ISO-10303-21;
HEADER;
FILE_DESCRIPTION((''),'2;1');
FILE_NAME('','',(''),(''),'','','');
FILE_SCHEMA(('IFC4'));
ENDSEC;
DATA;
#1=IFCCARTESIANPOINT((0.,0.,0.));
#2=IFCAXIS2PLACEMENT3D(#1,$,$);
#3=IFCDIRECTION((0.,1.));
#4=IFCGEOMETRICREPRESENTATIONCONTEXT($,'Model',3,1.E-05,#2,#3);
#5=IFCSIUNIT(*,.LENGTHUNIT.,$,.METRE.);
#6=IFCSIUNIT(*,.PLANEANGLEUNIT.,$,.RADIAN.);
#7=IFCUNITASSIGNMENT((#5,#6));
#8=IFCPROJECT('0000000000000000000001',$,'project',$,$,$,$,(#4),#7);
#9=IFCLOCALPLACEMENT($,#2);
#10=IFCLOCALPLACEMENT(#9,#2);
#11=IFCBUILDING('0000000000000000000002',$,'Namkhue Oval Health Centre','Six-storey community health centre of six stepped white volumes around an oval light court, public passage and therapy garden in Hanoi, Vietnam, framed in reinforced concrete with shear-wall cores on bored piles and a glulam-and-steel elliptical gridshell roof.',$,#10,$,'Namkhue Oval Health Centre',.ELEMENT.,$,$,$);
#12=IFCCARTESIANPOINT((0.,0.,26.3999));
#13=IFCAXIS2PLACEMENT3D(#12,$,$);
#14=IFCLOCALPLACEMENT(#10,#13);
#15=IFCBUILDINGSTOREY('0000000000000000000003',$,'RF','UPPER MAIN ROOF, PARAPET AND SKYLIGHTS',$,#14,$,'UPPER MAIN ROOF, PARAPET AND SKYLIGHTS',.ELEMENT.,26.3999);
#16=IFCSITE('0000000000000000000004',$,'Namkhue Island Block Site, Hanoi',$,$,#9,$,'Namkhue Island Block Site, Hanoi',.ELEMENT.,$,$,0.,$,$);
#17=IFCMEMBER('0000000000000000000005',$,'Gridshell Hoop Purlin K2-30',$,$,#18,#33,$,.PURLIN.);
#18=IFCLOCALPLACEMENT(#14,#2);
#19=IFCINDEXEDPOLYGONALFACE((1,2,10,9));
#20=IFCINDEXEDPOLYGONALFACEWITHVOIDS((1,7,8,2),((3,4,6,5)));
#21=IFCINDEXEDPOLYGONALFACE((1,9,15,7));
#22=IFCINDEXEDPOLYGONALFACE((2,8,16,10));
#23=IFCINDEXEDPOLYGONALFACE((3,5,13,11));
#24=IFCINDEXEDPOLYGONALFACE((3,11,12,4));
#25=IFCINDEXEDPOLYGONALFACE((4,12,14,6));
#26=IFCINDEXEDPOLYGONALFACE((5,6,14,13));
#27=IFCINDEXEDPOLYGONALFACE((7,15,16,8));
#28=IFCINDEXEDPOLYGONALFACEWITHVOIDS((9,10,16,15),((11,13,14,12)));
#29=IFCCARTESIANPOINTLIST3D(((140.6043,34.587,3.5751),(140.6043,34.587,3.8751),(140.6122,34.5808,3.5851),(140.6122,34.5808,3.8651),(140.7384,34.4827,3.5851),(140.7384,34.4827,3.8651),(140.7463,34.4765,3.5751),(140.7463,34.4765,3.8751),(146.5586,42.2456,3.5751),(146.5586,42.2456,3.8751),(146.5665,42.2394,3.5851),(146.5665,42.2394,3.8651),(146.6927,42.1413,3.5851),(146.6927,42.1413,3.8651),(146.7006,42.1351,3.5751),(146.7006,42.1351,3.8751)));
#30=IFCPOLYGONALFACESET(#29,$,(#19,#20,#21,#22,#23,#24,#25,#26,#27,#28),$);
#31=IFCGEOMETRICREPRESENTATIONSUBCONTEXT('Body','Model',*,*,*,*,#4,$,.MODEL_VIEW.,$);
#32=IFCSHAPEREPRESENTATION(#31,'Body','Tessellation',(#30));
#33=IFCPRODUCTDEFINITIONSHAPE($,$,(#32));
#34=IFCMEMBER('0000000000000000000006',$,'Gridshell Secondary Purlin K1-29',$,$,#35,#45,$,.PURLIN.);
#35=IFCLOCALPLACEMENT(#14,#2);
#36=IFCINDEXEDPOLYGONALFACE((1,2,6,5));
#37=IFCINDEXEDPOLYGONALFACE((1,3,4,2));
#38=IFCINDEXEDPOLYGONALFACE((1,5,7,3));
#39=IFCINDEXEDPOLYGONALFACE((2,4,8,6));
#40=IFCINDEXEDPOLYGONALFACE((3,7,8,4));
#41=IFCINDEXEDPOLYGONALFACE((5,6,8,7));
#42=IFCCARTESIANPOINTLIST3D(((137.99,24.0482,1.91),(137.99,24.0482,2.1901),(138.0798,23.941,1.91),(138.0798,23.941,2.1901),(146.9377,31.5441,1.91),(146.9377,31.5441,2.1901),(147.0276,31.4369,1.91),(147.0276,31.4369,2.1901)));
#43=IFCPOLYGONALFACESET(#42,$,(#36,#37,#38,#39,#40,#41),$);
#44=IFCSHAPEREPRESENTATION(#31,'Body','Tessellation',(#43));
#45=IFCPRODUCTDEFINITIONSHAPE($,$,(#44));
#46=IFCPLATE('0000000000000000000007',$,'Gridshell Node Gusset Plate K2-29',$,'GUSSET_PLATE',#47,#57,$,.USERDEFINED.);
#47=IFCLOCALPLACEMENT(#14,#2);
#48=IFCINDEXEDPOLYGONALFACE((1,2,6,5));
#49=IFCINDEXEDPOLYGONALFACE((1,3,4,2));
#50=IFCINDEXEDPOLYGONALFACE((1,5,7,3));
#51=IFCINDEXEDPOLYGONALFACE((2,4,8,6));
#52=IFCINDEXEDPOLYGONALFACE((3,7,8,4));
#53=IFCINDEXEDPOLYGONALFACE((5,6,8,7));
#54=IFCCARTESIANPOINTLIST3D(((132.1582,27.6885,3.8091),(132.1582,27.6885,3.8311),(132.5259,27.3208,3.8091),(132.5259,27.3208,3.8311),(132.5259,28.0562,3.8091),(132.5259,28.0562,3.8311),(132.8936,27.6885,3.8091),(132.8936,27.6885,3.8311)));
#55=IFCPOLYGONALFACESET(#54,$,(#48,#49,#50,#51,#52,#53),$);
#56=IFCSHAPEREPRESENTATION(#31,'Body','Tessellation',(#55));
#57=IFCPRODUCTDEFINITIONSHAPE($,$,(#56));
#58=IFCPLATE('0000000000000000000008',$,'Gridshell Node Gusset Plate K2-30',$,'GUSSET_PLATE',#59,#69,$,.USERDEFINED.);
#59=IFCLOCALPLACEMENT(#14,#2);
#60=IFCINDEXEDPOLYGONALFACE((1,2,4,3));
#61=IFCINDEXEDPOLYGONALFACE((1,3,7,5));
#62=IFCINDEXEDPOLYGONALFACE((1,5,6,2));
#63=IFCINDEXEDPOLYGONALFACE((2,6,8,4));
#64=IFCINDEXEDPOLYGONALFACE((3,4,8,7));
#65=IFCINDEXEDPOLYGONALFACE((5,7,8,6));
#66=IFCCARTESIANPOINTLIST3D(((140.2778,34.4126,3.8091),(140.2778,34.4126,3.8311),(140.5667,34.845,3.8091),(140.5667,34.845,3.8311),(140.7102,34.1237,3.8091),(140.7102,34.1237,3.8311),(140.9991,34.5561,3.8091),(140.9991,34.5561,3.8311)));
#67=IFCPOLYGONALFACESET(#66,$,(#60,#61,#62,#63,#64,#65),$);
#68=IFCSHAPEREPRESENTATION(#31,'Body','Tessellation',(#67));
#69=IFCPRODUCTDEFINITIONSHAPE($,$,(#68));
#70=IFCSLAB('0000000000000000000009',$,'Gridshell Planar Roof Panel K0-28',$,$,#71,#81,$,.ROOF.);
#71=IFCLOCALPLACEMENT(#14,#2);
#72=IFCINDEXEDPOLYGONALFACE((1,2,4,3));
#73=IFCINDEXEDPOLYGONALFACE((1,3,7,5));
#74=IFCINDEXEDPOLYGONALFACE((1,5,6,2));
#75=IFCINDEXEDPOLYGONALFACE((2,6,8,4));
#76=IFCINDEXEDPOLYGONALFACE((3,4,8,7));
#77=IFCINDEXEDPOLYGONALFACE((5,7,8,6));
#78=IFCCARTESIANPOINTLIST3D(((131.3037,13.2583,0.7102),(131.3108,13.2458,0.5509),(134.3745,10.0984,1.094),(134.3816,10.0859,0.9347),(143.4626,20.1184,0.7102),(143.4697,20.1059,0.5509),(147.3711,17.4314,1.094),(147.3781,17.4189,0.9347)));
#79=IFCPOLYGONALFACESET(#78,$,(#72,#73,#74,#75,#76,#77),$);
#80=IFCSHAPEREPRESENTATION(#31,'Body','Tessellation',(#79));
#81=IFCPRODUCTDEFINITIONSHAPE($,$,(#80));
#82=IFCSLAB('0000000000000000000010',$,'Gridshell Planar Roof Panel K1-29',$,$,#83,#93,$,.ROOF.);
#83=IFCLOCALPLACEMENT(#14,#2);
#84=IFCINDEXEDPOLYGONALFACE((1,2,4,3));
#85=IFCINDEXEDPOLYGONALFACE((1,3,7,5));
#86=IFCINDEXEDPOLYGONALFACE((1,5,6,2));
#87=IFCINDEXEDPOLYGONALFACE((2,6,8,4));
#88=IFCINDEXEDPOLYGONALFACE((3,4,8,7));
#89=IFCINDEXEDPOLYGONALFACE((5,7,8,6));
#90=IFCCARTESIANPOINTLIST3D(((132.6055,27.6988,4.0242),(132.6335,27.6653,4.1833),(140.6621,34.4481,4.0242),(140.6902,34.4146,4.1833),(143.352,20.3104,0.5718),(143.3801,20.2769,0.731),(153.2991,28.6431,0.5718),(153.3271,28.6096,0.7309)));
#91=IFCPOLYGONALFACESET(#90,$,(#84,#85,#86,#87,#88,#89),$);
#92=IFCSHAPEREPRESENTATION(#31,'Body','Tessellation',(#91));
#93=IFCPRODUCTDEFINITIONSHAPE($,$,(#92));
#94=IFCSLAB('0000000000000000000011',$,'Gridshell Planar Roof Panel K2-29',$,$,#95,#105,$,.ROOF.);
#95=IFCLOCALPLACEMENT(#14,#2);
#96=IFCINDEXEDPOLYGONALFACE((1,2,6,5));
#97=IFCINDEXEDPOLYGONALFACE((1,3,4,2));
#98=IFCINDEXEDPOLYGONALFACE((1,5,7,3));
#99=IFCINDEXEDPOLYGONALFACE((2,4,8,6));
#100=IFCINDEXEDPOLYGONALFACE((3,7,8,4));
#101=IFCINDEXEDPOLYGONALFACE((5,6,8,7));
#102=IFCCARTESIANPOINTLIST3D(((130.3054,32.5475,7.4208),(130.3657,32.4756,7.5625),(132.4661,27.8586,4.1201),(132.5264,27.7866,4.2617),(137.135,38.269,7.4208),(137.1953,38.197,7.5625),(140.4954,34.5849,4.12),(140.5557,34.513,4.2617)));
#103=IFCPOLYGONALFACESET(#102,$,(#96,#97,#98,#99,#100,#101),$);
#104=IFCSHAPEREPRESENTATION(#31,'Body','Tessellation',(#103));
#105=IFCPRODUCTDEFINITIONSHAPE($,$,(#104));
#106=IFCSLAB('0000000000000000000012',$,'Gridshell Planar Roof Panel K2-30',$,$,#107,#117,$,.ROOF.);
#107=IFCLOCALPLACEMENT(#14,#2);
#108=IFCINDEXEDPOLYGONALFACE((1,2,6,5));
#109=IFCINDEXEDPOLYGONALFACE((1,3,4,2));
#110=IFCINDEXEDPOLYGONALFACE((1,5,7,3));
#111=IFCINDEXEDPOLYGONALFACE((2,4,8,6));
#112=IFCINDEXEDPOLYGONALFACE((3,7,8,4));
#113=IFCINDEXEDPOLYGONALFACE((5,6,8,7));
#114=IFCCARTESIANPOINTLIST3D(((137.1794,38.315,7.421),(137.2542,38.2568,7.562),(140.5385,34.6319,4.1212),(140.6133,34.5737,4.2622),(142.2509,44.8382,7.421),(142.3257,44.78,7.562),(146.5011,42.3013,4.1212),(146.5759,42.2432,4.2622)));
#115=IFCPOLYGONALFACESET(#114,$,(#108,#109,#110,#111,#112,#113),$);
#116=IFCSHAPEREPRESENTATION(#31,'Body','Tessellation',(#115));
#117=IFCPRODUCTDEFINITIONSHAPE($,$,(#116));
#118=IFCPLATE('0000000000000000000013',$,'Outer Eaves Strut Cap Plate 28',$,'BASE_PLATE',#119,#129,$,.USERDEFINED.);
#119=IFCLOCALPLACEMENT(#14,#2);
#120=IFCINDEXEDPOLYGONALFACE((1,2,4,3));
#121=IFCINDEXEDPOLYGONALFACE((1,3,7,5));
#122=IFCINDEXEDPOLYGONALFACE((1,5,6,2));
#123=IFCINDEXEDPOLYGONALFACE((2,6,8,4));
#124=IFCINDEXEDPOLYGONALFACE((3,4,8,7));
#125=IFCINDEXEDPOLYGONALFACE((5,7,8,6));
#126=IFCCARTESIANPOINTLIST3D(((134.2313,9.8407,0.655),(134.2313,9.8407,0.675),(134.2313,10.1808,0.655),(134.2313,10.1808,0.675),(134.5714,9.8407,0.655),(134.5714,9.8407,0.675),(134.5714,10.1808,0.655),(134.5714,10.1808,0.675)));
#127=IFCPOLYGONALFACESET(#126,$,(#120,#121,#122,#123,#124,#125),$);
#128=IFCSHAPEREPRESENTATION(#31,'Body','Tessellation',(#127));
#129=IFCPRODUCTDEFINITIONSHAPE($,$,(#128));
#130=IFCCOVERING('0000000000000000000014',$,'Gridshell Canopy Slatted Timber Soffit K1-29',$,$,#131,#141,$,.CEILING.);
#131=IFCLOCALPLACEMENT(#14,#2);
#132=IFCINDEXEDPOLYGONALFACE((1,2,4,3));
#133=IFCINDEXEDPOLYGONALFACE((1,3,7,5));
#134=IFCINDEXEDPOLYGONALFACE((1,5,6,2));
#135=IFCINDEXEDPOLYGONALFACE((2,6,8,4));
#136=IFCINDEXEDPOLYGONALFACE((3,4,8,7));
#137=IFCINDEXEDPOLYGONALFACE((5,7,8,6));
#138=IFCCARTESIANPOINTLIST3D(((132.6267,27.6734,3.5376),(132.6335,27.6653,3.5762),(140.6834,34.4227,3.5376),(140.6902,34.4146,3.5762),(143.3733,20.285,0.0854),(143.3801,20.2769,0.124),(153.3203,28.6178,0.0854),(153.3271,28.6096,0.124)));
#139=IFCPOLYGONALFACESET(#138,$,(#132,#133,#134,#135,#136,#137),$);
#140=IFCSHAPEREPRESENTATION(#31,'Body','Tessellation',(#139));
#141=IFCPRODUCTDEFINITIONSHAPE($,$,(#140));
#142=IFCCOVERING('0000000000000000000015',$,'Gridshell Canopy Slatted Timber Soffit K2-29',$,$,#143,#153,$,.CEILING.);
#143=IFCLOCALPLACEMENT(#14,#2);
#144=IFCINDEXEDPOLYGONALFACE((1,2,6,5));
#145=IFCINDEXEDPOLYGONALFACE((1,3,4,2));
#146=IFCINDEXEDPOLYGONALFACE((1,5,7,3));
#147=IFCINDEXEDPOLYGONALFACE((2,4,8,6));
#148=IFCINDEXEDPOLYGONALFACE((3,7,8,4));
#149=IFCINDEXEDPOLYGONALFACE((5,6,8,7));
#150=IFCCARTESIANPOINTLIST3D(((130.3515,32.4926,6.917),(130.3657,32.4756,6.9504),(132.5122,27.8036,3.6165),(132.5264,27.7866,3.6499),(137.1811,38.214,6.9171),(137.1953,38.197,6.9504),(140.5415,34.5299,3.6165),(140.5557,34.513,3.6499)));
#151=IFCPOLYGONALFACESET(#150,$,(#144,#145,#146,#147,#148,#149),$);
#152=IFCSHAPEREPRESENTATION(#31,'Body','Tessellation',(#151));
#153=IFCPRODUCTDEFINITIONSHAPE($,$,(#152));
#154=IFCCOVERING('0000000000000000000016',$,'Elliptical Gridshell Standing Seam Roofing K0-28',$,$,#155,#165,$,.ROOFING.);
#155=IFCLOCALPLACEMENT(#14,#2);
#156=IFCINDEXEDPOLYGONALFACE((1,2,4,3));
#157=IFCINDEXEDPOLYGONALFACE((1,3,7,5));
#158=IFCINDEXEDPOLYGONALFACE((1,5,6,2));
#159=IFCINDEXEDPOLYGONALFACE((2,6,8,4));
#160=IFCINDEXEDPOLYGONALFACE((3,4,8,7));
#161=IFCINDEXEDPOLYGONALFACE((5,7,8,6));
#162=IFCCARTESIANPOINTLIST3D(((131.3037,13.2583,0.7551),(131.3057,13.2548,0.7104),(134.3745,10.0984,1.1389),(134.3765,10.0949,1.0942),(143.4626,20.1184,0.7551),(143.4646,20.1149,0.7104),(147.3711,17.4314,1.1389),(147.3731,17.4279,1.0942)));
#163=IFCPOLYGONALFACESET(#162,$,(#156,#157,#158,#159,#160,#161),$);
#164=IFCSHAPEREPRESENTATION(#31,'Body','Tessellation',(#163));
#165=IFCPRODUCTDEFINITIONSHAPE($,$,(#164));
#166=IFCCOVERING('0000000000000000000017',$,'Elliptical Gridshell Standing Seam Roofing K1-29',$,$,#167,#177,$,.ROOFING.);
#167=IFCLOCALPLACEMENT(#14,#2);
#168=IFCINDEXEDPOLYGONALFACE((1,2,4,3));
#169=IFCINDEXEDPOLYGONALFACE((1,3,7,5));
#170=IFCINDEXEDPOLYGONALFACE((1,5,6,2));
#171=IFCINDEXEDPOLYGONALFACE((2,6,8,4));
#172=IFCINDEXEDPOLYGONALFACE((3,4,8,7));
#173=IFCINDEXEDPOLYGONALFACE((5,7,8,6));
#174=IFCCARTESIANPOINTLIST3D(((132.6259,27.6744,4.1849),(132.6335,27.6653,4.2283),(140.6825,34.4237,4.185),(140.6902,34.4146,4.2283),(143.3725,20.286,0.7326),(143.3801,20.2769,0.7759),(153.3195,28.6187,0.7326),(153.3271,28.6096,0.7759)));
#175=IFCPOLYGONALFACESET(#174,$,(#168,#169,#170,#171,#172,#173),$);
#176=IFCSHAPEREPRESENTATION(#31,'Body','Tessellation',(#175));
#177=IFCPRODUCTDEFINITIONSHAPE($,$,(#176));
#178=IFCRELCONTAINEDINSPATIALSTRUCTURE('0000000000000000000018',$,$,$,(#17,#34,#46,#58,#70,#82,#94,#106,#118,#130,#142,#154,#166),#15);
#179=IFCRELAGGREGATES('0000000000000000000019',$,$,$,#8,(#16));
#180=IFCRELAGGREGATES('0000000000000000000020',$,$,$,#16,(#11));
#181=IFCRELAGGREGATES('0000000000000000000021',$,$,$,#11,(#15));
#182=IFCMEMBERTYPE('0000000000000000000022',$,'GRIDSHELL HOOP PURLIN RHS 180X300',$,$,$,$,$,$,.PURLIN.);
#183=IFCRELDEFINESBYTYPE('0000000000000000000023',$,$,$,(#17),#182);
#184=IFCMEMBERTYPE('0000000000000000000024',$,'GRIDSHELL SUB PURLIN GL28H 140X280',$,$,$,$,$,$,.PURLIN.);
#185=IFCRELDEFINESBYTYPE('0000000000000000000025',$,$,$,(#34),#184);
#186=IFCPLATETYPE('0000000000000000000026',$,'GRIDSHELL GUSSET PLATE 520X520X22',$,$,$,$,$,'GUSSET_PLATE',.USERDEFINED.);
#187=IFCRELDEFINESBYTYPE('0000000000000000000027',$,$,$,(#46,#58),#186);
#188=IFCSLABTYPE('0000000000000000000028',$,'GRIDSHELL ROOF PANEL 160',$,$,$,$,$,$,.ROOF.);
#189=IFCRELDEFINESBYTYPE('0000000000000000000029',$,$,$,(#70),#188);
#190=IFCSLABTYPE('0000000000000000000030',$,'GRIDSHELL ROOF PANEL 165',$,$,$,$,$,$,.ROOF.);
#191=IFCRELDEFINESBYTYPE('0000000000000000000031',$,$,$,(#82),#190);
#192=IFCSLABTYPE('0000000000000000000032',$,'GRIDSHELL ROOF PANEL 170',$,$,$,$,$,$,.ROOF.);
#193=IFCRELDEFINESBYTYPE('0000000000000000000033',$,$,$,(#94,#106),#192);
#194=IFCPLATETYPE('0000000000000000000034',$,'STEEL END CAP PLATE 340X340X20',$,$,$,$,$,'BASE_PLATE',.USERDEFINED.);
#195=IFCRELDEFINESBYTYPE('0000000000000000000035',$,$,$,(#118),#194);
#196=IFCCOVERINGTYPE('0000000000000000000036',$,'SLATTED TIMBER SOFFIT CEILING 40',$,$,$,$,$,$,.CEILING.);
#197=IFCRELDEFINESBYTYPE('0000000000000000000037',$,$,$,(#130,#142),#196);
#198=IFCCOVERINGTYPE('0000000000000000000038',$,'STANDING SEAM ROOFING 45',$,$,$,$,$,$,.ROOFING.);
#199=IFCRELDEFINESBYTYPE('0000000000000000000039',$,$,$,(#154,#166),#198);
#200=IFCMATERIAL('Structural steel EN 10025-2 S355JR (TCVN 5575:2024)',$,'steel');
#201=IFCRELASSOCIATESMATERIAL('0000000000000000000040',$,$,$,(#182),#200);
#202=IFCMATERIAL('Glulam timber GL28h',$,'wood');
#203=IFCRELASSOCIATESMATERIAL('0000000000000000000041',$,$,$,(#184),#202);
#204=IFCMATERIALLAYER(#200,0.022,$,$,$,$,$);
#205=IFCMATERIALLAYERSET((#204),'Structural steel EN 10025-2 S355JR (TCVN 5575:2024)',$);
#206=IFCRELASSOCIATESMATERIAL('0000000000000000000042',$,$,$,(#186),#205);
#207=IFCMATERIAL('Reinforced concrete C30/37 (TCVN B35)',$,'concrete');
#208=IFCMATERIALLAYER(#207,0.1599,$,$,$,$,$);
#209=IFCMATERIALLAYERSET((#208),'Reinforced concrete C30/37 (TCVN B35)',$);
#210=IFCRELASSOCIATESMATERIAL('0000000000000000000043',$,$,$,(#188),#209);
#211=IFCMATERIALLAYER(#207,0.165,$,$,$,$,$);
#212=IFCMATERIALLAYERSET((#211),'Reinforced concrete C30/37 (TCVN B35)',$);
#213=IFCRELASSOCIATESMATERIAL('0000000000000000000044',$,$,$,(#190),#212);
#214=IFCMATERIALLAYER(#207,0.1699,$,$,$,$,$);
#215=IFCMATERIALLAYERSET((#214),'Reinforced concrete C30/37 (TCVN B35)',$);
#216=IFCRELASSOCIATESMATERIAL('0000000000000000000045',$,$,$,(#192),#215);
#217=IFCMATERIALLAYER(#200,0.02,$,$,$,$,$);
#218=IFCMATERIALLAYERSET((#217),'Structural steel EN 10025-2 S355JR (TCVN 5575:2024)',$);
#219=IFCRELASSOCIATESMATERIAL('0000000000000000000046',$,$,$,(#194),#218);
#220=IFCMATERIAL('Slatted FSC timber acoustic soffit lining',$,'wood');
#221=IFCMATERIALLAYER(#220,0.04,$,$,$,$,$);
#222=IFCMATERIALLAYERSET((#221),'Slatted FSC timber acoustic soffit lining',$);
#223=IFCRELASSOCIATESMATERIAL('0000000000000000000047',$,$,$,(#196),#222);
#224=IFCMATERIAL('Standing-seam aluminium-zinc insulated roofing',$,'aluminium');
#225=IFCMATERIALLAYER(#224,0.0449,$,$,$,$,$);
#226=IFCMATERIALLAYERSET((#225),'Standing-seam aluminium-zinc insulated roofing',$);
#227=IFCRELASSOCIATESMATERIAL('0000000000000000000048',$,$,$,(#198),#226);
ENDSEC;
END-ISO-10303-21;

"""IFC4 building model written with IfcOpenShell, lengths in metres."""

from ifc_helpers import new_model, si_unit, direction, frame, origin, origin_2d, place, context, subcontext, project, spatial, polyline, rectangle, hollow_rectangle, outline, extrude, material, layer, layer_set, material_profile, profile_set, type_object, element, save


model = new_model("IFC4")

# Units and contexts
model_context = context("Model", 3, precision=1e-05, world=origin(), true_north=direction((0.0, 1.0)))
body_context = subcontext(model_context, "Body", "Model", "MODEL_VIEW")
ifc_project = project(units=[si_unit("LENGTHUNIT", "METRE"), si_unit("PLANEANGLEUNIT", "RADIAN")], contexts=[model_context])

# Site, building, storey
site_placement = place(None, origin())
site = spatial("IfcSite", under=ifc_project, at=site_placement, Name="Namkhue Island Block Site, Hanoi", LongName="Namkhue Island Block Site, Hanoi", CompositionType="ELEMENT", RefElevation=0.0)
building_placement = place(site_placement, origin())
building = spatial("IfcBuilding", under=site, at=building_placement, Name="Namkhue Oval Health Centre", Description="Six-storey community health centre of six stepped white volumes around an oval light court, public passage and therapy garden in Hanoi, Vietnam, framed in reinforced concrete with shear-wall cores on bored piles and a glulam-and-steel elliptical gridshell roof.", LongName="Namkhue Oval Health Centre", CompositionType="ELEMENT")
storey_placement = place(building_placement, frame((0.0, 0.0, 26.3999)))
storey = spatial("IfcBuildingStorey", under=building, at=storey_placement, Name="RF", Description="UPPER MAIN ROOF, PARAPET AND SKYLIGHTS", LongName="UPPER MAIN ROOF, PARAPET AND SKYLIGHTS", CompositionType="ELEMENT", Elevation=26.3999)

# Members
ifc_material_1 = material(Name="Structural steel EN 10025-2 S355JR (TCVN 5575:2024)", Category="steel")
ifc_material_2 = material(Name="Glulam timber GL28h", Category="wood")
ifc_material_profile_1 = material_profile(ifc_material_1, hollow_rectangle(XDim=0.1799, YDim=0.3, WallThickness=0.01, at=origin_2d()), Name="RHS 180x300x10")
ifc_profile_set_1 = profile_set([ifc_material_profile_1], Name="Structural steel EN 10025-2 S355JR (TCVN 5575:2024)")
member_type_1 = type_object("IfcMemberType", Name="GRIDSHELL HOOP PURLIN RHS 180X300", PredefinedType="PURLIN", material=ifc_profile_set_1)
member_1_placement = place(storey_placement, frame((140.6753, 34.5317, 3.7251), z_axis=(0.613786, 0.789473, 0.0), x_axis=(-0.789473, 0.613786, 0.0)))
element("IfcMember", 1, at=member_1_placement, inside=storey, type_object=member_type_1, Name="Gridshell Hoop Purlin K2-30", PredefinedType="PURLIN", context=body_context, shape_type="SweptSolid", body=[
    extrude(hollow_rectangle(XDim=0.1799, YDim=0.3, WallThickness=0.01, at=origin_2d()), origin(), (0.0, 0.0, 1.0), 9.7009),
])
ifc_material_profile_2 = material_profile(ifc_material_2, rectangle(XDim=0.1399, YDim=0.28, at=origin_2d()), Name="GL28h 140x280")
ifc_profile_set_2 = profile_set([ifc_material_profile_2], Name="Glulam timber GL28h")
member_type_2 = type_object("IfcMemberType", Name="GRIDSHELL SUB PURLIN GL28H 140X280", PredefinedType="PURLIN", material=ifc_profile_set_2)
member_2_placement = place(storey_placement, frame((138.0349, 23.9946, 2.05), z_axis=(0.766559, 0.642174, 0.0), x_axis=(-0.642174, 0.766559, 0.0)))
element("IfcMember", 2, at=member_2_placement, inside=storey, type_object=member_type_2, Name="Gridshell Secondary Purlin K1-29", PredefinedType="PURLIN", context=body_context, shape_type="SweptSolid", body=[
    extrude(rectangle(XDim=0.1399, YDim=0.28, at=origin_2d()), origin(), (0.0, 0.0, 1.0), 11.6726),
])

# Plates
ifc_layer_1 = layer(ifc_material_1, 0.022)
ifc_layer_set_1 = layer_set([ifc_layer_1], Name="Structural steel EN 10025-2 S355JR (TCVN 5575:2024)")
plate_type_1 = type_object("IfcPlateType", Name="GRIDSHELL GUSSET PLATE 520X520X22", ElementType="GUSSET_PLATE", PredefinedType="USERDEFINED", material=ifc_layer_set_1)
for number, where, z_axis, x_axis, name in (
    (3, (132.5259, 27.6885, 3.8091), (0.0, 0.0, 1.0), (0.707107, -0.707107, 0.0), "Gridshell Node Gusset Plate K2-29"),
    (4, (140.6384, 34.4844, 3.8091), (0.0, 0.0, 1.0), (0.83147, -0.55557, 0.0), "Gridshell Node Gusset Plate K2-30"),
):
    element("IfcPlate", number, at=place(storey_placement, frame(where, z_axis=z_axis, x_axis=x_axis)), inside=storey, type_object=plate_type_1, Name=name, ObjectType="GUSSET_PLATE", PredefinedType="USERDEFINED", context=body_context, shape_type="SweptSolid", body=[
        extrude(rectangle(XDim=0.52, YDim=0.52, at=origin_2d()), origin(), (0.0, 0.0, 1.0), 0.022),
    ])

# Slabs
ifc_material_3 = material(Name="Reinforced concrete C30/37 (TCVN B35)", Category="concrete")
ifc_layer_2 = layer(ifc_material_3, 0.1599)
ifc_layer_set_2 = layer_set([ifc_layer_2], Name="Reinforced concrete C30/37 (TCVN B35)")
slab_type_1 = type_object("IfcSlabType", Name="GRIDSHELL ROOF PANEL 160", PredefinedType="ROOF", material=ifc_layer_set_2)
slab_1_placement = place(storey_placement, frame((134.3745, 10.0984, 1.094), z_axis=(-0.044082, 0.07813, 0.995968), x_axis=(0.870933, 0.491403, -0.000001)))
element("IfcSlab", 5, at=slab_1_placement, inside=storey, type_object=slab_type_1, Name="Gridshell Planar Roof Panel K0-28", PredefinedType="ROOF", context=body_context, shape_type="SweptSolid", body=[
    extrude(outline(polyline([(0.0, 0.0), (14.9226, 0.0), (12.839, 4.2781), (-1.1217, 4.2783), (0.0, 0.0)])), origin(), (0.0, 0.0, -1.0), 0.1599),
])
ifc_layer_3 = layer(ifc_material_3, 0.165)
ifc_layer_set_3 = layer_set([ifc_layer_3], Name="Reinforced concrete C30/37 (TCVN B35)")
slab_type_2 = type_object("IfcSlabType", Name="GRIDSHELL ROOF PANEL 165", PredefinedType="ROOF", material=ifc_layer_set_3)
slab_2_placement = place(storey_placement, frame((143.3801, 20.2769, 0.731), z_axis=(0.17014, -0.203099, 0.964263), x_axis=(0.766567, 0.642164, -0.000001)))
element("IfcSlab", 6, at=slab_2_placement, inside=storey, type_object=slab_type_2, Name="Gridshell Planar Roof Panel K1-29", PredefinedType="ROOF", context=body_context, shape_type="SweptSolid", body=[
    extrude(outline(polyline([(0.0, 0.0), (12.9761, 0.0), (7.0167, 13.0305), (-3.4934, 13.0305), (0.0, 0.0)])), origin(), (0.0, 0.0, -1.0), 0.165),
])
ifc_layer_4 = layer(ifc_material_3, 0.1699)
ifc_layer_set_4 = layer_set([ifc_layer_4], Name="Reinforced concrete C30/37 (TCVN B35)")
slab_type_3 = type_object("IfcSlabType", Name="GRIDSHELL ROOF PANEL 170", PredefinedType="ROOF", material=ifc_layer_set_4)
slab_3_placement = place(storey_placement, frame((132.5264, 27.7866, 4.2617), z_axis=(0.354686, -0.423388, 0.833631), x_axis=(0.766563, 0.642169, -0.000003)))
element("IfcSlab", 7, at=slab_3_placement, inside=storey, type_object=slab_type_3, Name="Gridshell Planar Roof Panel K2-29", PredefinedType="ROOF", context=body_context, shape_type="SweptSolid", body=[
    extrude(outline(polyline([(0.0, 0.0), (10.4744, 0.0), (10.2643, 5.9762), (1.3548, 5.9762), (0.0, 0.0)])), origin(), (0.0, 0.0, -1.0), 0.1699),
])
slab_4_placement = place(storey_placement, frame((140.6133, 34.5737, 4.2622), z_axis=(0.440206, -0.342242, 0.830114), x_axis=(0.613783, 0.789475, 0.000001)))
element("IfcSlab", 8, at=slab_4_placement, inside=storey, type_object=slab_type_3, Name="Gridshell Planar Roof Panel K2-30", PredefinedType="ROOF", context=body_context, shape_type="SweptSolid", body=[
    extrude(outline(polyline([(0.0, 0.0), (9.7146, 0.0), (9.1087, 5.9179), (0.8459, 5.9179), (0.0, 0.0)])), origin(), (0.0, 0.0, -1.0), 0.1699),
])

# Plate
ifc_layer_5 = layer(ifc_material_1, 0.02)
ifc_layer_set_5 = layer_set([ifc_layer_5], Name="Structural steel EN 10025-2 S355JR (TCVN 5575:2024)")
plate_type_2 = type_object("IfcPlateType", Name="STEEL END CAP PLATE 340X340X20", ElementType="BASE_PLATE", PredefinedType="USERDEFINED", material=ifc_layer_set_5)
plate_placement = place(storey_placement, frame((134.4014, 10.0107, 0.655), z_axis=(0.0, 0.0, 1.0), x_axis=(1.0, 0.0, 0.0)))
element("IfcPlate", 9, at=plate_placement, inside=storey, type_object=plate_type_2, Name="Outer Eaves Strut Cap Plate 28", ObjectType="BASE_PLATE", PredefinedType="USERDEFINED", context=body_context, shape_type="SweptSolid", body=[
    extrude(rectangle(XDim=0.3401, YDim=0.3401, at=origin_2d()), origin(), (0.0, 0.0, 1.0), 0.02),
])

# Coverings
ifc_material_4 = material(Name="Slatted FSC timber acoustic soffit lining", Category="wood")
ifc_layer_6 = layer(ifc_material_4, 0.04)
ifc_layer_set_6 = layer_set([ifc_layer_6], Name="Slatted FSC timber acoustic soffit lining")
covering_type_1 = type_object("IfcCoveringType", Name="SLATTED TIMBER SOFFIT CEILING 40", PredefinedType="CEILING", material=ifc_layer_set_6)
covering_1_placement = place(storey_placement, frame((143.3801, 20.2769, 0.124), z_axis=(0.170129, -0.203085, 0.964268), x_axis=(0.766567, 0.642164, -0.000001)))
element("IfcCovering", 10, at=covering_1_placement, inside=storey, type_object=covering_type_1, Name="Gridshell Canopy Slatted Timber Soffit K1-29", PredefinedType="CEILING", context=body_context, shape_type="SweptSolid", body=[
    extrude(outline(polyline([(0.0, 0.0), (12.9761, 0.0), (7.0167, 13.0305), (-3.4934, 13.0304), (0.0, 0.0)])), origin(), (0.0, 0.0, -1.0), 0.04),
])
covering_2_placement = place(storey_placement, frame((132.5264, 27.7866, 3.6499), z_axis=(0.354667, -0.423366, 0.83365), x_axis=(0.766563, 0.642169, -0.000003)))
element("IfcCovering", 11, at=covering_2_placement, inside=storey, type_object=covering_type_1, Name="Gridshell Canopy Slatted Timber Soffit K2-29", PredefinedType="CEILING", context=body_context, shape_type="SweptSolid", body=[
    extrude(outline(polyline([(0.0, 0.0), (10.4744, 0.0), (10.2643, 5.9761), (1.3548, 5.976), (0.0, 0.0)])), origin(), (0.0, 0.0, -1.0), 0.04),
])
ifc_material_5 = material(Name="Standing-seam aluminium-zinc insulated roofing", Category="aluminium")
ifc_layer_7 = layer(ifc_material_5, 0.0449)
ifc_layer_set_7 = layer_set([ifc_layer_7], Name="Standing-seam aluminium-zinc insulated roofing")
covering_type_2 = type_object("IfcCoveringType", Name="STANDING SEAM ROOFING 45", PredefinedType="ROOFING", material=ifc_layer_set_7)
covering_3_placement = place(storey_placement, frame((134.3745, 10.0984, 1.1389), z_axis=(-0.044082, 0.07813, 0.995968), x_axis=(0.870933, 0.491403, -0.000001)))
element("IfcCovering", 12, at=covering_3_placement, inside=storey, type_object=covering_type_2, Name="Elliptical Gridshell Standing Seam Roofing K0-28", PredefinedType="ROOFING", context=body_context, shape_type="SweptSolid", body=[
    extrude(outline(polyline([(0.0, 0.0), (14.9226, 0.0), (12.839, 4.2781), (-1.1217, 4.2783), (0.0, 0.0)])), origin(), (0.0, 0.0, -1.0), 0.0449),
])
covering_4_placement = place(storey_placement, frame((143.3801, 20.2769, 0.7759), z_axis=(0.17014, -0.203099, 0.964263), x_axis=(0.766567, 0.642164, -0.000001)))
element("IfcCovering", 13, at=covering_4_placement, inside=storey, type_object=covering_type_2, Name="Elliptical Gridshell Standing Seam Roofing K1-29", PredefinedType="ROOFING", context=body_context, shape_type="SweptSolid", body=[
    extrude(outline(polyline([(0.0, 0.0), (12.9761, 0.0), (7.0167, 13.0305), (-3.4934, 13.0305), (0.0, 0.0)])), origin(), (0.0, 0.0, -1.0), 0.0449),
])

save(model, "model.ifc")
